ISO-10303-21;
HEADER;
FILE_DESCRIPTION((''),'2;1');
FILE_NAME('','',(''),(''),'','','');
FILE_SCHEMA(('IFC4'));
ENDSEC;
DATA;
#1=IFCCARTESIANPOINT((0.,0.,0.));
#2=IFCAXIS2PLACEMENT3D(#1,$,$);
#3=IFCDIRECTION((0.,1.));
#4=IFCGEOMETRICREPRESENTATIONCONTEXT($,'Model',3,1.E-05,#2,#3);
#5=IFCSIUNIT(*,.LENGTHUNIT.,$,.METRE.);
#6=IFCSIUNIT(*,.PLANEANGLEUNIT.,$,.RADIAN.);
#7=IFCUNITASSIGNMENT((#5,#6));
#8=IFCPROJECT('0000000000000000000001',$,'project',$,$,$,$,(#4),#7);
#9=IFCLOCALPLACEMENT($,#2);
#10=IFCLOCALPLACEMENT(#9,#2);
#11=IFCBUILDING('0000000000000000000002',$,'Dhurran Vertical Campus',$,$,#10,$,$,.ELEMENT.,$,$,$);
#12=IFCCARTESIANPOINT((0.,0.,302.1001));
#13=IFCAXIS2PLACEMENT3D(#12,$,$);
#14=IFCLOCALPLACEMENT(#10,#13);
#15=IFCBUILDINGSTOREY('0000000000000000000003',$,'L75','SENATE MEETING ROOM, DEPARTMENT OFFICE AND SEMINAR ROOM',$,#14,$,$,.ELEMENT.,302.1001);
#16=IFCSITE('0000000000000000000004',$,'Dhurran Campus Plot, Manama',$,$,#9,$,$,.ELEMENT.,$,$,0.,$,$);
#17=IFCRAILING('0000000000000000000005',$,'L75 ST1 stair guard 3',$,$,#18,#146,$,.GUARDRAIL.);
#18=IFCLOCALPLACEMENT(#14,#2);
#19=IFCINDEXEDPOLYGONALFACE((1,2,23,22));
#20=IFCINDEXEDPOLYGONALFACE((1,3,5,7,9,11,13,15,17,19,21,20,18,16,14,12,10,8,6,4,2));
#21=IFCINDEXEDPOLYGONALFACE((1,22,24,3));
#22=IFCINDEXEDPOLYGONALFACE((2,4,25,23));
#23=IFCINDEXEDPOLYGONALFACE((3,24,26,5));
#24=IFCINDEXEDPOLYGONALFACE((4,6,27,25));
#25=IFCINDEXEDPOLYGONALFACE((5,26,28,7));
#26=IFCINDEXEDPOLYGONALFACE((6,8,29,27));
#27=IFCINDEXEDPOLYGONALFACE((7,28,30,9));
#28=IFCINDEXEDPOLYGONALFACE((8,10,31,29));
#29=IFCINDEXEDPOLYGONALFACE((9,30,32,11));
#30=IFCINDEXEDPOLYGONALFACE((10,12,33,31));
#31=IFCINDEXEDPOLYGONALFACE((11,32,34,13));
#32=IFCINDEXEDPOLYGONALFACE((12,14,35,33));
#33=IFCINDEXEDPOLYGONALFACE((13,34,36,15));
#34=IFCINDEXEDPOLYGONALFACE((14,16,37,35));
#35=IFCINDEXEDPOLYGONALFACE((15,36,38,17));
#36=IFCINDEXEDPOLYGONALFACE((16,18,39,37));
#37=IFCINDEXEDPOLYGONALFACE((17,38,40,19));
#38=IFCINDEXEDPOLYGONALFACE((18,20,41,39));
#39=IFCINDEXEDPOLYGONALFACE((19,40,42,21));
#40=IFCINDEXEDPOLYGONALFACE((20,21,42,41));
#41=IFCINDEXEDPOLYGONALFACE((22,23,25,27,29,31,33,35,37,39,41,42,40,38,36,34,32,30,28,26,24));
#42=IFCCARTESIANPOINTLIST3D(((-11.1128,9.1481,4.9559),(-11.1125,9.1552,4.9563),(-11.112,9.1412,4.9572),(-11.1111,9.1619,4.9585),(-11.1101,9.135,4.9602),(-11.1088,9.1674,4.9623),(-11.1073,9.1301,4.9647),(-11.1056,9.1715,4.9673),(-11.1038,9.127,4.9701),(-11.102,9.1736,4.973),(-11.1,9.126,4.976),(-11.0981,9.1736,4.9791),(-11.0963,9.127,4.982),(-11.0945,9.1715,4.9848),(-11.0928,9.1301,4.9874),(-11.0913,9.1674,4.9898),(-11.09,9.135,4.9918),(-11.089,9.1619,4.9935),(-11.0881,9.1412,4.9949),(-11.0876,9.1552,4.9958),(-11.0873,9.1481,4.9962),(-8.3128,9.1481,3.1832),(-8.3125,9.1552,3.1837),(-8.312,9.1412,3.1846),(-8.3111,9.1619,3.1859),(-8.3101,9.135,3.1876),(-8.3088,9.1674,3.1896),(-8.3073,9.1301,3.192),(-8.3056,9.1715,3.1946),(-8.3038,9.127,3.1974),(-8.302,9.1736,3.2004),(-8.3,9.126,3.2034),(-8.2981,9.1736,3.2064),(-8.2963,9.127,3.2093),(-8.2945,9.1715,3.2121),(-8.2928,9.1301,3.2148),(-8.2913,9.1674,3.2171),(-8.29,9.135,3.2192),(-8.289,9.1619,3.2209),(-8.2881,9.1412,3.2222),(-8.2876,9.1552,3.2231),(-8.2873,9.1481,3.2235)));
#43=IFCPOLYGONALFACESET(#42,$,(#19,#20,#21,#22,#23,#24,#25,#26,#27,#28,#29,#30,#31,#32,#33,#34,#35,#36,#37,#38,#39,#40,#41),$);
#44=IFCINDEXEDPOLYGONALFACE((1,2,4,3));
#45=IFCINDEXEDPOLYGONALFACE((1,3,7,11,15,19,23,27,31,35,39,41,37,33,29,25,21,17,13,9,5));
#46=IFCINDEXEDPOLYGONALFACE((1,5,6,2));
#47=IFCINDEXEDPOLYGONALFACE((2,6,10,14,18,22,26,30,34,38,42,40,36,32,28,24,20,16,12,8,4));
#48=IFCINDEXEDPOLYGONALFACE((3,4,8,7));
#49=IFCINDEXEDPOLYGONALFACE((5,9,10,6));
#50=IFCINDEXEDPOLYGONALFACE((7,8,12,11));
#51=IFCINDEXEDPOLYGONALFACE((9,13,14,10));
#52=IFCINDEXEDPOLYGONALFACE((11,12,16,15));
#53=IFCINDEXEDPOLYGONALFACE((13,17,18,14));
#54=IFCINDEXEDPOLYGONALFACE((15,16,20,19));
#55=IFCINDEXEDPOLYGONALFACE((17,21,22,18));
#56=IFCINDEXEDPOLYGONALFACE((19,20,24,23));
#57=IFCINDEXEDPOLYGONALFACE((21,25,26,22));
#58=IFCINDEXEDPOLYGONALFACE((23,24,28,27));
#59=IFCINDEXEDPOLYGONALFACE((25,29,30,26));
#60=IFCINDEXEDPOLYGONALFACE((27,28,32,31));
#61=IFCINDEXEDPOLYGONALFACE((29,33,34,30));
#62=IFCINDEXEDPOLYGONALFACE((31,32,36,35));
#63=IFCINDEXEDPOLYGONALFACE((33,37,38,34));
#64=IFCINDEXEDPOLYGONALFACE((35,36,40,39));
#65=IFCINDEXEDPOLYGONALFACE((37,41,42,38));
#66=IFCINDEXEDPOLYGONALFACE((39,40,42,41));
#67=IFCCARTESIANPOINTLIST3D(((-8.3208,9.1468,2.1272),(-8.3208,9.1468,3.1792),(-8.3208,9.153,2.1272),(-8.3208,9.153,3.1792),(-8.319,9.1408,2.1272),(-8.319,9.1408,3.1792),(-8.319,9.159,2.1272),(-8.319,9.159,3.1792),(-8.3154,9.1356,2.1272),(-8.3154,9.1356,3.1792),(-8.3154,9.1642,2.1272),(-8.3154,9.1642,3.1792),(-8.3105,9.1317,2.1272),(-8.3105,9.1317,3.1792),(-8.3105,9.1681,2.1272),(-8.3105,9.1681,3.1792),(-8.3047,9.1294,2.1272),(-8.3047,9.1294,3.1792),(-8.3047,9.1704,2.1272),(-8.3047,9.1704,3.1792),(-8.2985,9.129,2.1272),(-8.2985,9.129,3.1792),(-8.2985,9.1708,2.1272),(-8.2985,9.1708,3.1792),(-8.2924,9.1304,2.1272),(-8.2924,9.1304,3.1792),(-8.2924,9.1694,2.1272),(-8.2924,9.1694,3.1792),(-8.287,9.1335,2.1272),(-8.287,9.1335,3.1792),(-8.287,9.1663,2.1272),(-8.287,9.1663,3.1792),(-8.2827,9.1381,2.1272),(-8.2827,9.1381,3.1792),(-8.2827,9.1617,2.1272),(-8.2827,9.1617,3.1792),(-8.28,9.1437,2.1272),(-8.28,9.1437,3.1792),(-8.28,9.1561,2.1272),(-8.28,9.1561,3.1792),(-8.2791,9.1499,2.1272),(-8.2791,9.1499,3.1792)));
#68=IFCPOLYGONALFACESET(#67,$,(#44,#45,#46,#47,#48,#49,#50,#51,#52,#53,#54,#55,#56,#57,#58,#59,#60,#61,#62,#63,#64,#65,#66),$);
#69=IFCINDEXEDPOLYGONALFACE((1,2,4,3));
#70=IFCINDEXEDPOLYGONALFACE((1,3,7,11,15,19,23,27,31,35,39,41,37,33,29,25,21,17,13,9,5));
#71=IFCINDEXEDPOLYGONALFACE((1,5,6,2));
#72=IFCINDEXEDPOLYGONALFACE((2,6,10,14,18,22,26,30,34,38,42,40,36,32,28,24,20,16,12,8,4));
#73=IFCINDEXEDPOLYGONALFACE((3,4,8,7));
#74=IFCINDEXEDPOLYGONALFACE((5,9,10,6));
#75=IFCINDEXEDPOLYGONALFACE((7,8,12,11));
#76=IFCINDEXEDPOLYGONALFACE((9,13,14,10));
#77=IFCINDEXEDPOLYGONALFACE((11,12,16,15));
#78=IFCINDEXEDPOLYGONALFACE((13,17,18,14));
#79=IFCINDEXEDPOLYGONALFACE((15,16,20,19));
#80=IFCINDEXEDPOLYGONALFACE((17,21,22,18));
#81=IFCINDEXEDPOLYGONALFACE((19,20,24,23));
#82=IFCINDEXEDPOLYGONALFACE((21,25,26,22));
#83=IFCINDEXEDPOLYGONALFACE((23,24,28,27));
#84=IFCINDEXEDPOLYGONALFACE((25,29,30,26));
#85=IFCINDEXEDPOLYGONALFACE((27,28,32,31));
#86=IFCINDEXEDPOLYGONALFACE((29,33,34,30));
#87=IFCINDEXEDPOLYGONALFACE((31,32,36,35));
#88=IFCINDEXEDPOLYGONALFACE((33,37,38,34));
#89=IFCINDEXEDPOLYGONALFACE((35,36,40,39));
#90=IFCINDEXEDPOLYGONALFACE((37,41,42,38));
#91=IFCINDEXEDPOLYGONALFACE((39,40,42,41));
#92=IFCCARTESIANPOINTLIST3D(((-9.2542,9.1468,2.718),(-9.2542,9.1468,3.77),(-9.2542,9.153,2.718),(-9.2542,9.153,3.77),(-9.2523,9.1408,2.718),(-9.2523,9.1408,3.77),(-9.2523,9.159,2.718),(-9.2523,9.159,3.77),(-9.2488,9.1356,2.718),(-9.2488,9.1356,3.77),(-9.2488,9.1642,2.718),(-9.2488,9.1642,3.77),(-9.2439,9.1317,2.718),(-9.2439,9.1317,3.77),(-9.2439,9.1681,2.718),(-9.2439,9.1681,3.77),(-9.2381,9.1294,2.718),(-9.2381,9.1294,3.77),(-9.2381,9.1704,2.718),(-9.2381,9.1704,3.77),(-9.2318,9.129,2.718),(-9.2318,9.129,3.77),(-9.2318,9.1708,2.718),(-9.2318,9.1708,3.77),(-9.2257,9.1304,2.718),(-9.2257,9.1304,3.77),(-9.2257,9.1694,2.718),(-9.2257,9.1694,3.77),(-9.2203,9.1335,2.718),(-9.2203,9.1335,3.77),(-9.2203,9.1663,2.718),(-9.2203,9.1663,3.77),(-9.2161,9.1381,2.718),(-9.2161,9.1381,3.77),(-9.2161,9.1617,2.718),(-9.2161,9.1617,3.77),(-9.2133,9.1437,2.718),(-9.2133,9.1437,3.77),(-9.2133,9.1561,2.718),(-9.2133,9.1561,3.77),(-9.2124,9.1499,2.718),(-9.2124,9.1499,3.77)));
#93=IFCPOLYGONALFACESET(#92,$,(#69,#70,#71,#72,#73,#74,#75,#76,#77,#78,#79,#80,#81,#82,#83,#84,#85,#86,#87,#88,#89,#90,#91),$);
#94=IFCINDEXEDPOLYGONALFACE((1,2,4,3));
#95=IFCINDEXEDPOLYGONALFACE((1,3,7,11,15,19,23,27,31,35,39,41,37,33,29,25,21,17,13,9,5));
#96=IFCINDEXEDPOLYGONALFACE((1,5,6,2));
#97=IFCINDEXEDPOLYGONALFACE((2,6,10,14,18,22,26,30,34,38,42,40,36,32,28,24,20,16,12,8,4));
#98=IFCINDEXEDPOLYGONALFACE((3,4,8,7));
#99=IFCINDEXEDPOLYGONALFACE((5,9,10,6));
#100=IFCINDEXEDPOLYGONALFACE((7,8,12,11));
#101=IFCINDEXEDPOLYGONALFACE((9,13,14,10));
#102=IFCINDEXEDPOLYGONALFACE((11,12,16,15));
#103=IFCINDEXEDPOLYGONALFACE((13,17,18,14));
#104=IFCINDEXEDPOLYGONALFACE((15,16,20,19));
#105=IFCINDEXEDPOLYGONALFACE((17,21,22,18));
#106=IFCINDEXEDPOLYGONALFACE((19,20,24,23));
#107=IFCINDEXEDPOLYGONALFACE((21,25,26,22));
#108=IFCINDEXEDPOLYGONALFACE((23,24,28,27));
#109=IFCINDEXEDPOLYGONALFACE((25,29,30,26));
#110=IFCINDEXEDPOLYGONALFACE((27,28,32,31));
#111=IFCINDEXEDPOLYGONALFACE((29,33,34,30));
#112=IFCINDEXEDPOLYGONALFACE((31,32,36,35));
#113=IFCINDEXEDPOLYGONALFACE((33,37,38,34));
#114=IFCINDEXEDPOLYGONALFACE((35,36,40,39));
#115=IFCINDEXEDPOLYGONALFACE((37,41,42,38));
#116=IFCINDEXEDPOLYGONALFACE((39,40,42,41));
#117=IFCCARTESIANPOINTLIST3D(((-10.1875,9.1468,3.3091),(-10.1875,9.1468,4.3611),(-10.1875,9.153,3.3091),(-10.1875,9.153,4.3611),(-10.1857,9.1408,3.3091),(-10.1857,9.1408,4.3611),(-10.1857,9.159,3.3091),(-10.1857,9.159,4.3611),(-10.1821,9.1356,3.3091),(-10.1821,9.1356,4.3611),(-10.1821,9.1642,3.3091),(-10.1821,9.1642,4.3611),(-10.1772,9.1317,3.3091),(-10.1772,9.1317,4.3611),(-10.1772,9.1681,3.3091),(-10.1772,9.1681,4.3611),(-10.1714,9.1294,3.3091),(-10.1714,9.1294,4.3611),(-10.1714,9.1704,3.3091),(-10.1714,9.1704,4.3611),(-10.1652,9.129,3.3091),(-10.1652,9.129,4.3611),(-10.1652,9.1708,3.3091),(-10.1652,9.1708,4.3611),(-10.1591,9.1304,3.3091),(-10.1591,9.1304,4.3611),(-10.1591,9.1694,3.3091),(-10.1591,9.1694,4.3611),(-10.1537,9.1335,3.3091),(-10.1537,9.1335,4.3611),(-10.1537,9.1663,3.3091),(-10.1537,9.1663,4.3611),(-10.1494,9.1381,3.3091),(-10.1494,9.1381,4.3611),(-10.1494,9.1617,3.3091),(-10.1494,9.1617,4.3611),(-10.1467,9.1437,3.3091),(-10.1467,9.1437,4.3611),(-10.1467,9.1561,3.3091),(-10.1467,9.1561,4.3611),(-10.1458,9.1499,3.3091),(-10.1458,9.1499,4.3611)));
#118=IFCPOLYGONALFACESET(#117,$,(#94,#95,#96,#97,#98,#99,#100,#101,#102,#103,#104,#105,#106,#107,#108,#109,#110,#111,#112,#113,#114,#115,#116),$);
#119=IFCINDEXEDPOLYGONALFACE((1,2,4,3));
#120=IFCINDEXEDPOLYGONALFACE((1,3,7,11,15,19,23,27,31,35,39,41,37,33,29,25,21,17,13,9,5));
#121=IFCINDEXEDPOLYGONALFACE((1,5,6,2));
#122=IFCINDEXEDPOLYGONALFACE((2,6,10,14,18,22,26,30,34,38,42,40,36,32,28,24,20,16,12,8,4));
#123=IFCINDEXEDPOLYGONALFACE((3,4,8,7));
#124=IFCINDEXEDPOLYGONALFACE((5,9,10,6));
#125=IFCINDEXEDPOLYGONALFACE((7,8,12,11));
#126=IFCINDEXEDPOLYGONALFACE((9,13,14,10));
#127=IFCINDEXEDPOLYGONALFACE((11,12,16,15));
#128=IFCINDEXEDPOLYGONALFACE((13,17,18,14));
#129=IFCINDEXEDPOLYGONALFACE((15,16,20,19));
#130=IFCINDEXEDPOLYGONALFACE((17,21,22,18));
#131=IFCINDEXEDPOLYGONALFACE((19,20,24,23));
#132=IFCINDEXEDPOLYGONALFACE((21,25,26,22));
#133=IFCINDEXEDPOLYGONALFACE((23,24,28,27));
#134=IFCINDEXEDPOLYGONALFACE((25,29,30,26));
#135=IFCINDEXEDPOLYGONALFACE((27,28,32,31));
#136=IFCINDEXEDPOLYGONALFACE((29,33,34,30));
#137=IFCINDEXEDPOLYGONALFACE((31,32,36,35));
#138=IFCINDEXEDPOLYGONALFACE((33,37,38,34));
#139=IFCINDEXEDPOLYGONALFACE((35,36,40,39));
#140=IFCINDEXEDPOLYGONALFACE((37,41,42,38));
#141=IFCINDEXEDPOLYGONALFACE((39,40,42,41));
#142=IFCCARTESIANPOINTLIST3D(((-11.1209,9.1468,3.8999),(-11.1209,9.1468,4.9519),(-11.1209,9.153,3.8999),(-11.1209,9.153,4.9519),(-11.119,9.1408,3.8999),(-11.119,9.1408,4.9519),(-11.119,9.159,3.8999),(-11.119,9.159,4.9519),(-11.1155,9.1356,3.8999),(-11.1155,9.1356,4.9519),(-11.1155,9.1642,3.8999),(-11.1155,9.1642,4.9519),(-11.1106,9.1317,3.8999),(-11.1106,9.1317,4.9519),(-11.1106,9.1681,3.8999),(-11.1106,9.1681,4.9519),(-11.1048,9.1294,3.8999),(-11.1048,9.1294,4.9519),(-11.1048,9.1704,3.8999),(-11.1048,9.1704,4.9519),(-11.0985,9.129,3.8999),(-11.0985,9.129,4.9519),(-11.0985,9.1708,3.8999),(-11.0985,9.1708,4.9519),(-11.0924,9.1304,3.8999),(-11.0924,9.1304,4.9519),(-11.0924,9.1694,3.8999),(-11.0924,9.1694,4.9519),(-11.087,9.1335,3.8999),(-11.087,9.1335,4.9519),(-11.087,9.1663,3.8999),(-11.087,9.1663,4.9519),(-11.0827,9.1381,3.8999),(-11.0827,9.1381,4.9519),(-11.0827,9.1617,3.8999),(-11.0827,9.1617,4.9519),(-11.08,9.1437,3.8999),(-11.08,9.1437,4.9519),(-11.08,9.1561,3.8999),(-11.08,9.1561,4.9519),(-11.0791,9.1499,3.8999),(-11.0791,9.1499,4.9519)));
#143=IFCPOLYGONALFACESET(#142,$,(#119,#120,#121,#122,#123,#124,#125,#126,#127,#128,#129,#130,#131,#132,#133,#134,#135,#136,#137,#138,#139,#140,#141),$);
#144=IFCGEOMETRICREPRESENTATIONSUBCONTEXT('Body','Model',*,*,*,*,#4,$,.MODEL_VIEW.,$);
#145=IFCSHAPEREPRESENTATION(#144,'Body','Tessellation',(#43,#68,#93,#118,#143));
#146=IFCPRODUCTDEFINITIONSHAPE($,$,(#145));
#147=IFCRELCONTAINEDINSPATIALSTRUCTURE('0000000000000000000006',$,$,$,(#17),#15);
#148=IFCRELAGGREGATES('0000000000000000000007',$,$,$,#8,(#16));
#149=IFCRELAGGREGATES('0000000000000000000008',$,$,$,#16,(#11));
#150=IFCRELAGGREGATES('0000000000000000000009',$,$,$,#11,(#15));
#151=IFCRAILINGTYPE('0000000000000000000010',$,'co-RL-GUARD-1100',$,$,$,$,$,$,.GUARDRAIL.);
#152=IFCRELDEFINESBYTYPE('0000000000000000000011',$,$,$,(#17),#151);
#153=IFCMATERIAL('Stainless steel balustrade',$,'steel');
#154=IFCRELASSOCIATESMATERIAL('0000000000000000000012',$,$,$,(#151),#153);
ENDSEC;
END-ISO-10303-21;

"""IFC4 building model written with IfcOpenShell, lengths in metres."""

from ifc_helpers import new_model, si_unit, direction, frame, origin, origin_2d, place, context, subcontext, project, spatial, circle, extrude, material, type_object, element, save


model = new_model("IFC4")

# Units and contexts
model_context = context("Model", 3, precision=1e-05, world=origin(), true_north=direction((0.0, 1.0)))
body_context = subcontext(model_context, "Body", "Model", "MODEL_VIEW")
ifc_project = project(units=[si_unit("LENGTHUNIT", "METRE"), si_unit("PLANEANGLEUNIT", "RADIAN")], contexts=[model_context])

# Site, building, storey
site_placement = place(None, origin())
site = spatial("IfcSite", under=ifc_project, at=site_placement, Name="Dhurran Campus Plot, Manama", CompositionType="ELEMENT", RefElevation=0.0)
building_placement = place(site_placement, origin())
building = spatial("IfcBuilding", under=site, at=building_placement, Name="Dhurran Vertical Campus", CompositionType="ELEMENT")
storey_placement = place(building_placement, frame((0.0, 0.0, 302.1001)))
storey = spatial("IfcBuildingStorey", under=building, at=storey_placement, Name="L75", Description="SENATE MEETING ROOM, DEPARTMENT OFFICE AND SEMINAR ROOM", CompositionType="ELEMENT", Elevation=302.1001)

# Railing
ifc_material_1 = material(Name="Stainless steel balustrade", Category="steel")
railing_type_1 = type_object("IfcRailingType", Name="co-RL-GUARD-1100", PredefinedType="GUARDRAIL", material=ifc_material_1)
railing_1_placement = place(storey_placement, frame((-8.3, 9.1499, 2.1272)))
element("IfcRailing", 1, at=railing_1_placement, inside=storey, type_object=railing_type_1, Name="L75 ST1 stair guard 3", PredefinedType="GUARDRAIL", context=body_context, shape_type="SweptSolid", body=[
    extrude(circle(Radius=0.0239, at=origin_2d()), frame((0.0, 0.0, 1.0762), z_axis=(-0.844909, 0.0, 0.53491), x_axis=(0.0, -1.0, 0.0)), (0.0, 0.0, 1.0), 3.314),
    extrude(circle(Radius=0.021, at=origin_2d()), origin(), (0.0, 0.0, 1.0), 1.052),
    extrude(circle(Radius=0.021, at=origin_2d()), frame((-0.9333, 0.0, 0.5908)), (0.0, 0.0, 1.0), 1.052),
    extrude(circle(Radius=0.021, at=origin_2d()), frame((-1.8667, 0.0, 1.1819)), (0.0, 0.0, 1.0), 1.052),
    extrude(circle(Radius=0.021, at=origin_2d()), frame((-2.8, 0.0, 1.7727)), (0.0, 0.0, 1.0), 1.052),
])

save(model, "model.ifc")
